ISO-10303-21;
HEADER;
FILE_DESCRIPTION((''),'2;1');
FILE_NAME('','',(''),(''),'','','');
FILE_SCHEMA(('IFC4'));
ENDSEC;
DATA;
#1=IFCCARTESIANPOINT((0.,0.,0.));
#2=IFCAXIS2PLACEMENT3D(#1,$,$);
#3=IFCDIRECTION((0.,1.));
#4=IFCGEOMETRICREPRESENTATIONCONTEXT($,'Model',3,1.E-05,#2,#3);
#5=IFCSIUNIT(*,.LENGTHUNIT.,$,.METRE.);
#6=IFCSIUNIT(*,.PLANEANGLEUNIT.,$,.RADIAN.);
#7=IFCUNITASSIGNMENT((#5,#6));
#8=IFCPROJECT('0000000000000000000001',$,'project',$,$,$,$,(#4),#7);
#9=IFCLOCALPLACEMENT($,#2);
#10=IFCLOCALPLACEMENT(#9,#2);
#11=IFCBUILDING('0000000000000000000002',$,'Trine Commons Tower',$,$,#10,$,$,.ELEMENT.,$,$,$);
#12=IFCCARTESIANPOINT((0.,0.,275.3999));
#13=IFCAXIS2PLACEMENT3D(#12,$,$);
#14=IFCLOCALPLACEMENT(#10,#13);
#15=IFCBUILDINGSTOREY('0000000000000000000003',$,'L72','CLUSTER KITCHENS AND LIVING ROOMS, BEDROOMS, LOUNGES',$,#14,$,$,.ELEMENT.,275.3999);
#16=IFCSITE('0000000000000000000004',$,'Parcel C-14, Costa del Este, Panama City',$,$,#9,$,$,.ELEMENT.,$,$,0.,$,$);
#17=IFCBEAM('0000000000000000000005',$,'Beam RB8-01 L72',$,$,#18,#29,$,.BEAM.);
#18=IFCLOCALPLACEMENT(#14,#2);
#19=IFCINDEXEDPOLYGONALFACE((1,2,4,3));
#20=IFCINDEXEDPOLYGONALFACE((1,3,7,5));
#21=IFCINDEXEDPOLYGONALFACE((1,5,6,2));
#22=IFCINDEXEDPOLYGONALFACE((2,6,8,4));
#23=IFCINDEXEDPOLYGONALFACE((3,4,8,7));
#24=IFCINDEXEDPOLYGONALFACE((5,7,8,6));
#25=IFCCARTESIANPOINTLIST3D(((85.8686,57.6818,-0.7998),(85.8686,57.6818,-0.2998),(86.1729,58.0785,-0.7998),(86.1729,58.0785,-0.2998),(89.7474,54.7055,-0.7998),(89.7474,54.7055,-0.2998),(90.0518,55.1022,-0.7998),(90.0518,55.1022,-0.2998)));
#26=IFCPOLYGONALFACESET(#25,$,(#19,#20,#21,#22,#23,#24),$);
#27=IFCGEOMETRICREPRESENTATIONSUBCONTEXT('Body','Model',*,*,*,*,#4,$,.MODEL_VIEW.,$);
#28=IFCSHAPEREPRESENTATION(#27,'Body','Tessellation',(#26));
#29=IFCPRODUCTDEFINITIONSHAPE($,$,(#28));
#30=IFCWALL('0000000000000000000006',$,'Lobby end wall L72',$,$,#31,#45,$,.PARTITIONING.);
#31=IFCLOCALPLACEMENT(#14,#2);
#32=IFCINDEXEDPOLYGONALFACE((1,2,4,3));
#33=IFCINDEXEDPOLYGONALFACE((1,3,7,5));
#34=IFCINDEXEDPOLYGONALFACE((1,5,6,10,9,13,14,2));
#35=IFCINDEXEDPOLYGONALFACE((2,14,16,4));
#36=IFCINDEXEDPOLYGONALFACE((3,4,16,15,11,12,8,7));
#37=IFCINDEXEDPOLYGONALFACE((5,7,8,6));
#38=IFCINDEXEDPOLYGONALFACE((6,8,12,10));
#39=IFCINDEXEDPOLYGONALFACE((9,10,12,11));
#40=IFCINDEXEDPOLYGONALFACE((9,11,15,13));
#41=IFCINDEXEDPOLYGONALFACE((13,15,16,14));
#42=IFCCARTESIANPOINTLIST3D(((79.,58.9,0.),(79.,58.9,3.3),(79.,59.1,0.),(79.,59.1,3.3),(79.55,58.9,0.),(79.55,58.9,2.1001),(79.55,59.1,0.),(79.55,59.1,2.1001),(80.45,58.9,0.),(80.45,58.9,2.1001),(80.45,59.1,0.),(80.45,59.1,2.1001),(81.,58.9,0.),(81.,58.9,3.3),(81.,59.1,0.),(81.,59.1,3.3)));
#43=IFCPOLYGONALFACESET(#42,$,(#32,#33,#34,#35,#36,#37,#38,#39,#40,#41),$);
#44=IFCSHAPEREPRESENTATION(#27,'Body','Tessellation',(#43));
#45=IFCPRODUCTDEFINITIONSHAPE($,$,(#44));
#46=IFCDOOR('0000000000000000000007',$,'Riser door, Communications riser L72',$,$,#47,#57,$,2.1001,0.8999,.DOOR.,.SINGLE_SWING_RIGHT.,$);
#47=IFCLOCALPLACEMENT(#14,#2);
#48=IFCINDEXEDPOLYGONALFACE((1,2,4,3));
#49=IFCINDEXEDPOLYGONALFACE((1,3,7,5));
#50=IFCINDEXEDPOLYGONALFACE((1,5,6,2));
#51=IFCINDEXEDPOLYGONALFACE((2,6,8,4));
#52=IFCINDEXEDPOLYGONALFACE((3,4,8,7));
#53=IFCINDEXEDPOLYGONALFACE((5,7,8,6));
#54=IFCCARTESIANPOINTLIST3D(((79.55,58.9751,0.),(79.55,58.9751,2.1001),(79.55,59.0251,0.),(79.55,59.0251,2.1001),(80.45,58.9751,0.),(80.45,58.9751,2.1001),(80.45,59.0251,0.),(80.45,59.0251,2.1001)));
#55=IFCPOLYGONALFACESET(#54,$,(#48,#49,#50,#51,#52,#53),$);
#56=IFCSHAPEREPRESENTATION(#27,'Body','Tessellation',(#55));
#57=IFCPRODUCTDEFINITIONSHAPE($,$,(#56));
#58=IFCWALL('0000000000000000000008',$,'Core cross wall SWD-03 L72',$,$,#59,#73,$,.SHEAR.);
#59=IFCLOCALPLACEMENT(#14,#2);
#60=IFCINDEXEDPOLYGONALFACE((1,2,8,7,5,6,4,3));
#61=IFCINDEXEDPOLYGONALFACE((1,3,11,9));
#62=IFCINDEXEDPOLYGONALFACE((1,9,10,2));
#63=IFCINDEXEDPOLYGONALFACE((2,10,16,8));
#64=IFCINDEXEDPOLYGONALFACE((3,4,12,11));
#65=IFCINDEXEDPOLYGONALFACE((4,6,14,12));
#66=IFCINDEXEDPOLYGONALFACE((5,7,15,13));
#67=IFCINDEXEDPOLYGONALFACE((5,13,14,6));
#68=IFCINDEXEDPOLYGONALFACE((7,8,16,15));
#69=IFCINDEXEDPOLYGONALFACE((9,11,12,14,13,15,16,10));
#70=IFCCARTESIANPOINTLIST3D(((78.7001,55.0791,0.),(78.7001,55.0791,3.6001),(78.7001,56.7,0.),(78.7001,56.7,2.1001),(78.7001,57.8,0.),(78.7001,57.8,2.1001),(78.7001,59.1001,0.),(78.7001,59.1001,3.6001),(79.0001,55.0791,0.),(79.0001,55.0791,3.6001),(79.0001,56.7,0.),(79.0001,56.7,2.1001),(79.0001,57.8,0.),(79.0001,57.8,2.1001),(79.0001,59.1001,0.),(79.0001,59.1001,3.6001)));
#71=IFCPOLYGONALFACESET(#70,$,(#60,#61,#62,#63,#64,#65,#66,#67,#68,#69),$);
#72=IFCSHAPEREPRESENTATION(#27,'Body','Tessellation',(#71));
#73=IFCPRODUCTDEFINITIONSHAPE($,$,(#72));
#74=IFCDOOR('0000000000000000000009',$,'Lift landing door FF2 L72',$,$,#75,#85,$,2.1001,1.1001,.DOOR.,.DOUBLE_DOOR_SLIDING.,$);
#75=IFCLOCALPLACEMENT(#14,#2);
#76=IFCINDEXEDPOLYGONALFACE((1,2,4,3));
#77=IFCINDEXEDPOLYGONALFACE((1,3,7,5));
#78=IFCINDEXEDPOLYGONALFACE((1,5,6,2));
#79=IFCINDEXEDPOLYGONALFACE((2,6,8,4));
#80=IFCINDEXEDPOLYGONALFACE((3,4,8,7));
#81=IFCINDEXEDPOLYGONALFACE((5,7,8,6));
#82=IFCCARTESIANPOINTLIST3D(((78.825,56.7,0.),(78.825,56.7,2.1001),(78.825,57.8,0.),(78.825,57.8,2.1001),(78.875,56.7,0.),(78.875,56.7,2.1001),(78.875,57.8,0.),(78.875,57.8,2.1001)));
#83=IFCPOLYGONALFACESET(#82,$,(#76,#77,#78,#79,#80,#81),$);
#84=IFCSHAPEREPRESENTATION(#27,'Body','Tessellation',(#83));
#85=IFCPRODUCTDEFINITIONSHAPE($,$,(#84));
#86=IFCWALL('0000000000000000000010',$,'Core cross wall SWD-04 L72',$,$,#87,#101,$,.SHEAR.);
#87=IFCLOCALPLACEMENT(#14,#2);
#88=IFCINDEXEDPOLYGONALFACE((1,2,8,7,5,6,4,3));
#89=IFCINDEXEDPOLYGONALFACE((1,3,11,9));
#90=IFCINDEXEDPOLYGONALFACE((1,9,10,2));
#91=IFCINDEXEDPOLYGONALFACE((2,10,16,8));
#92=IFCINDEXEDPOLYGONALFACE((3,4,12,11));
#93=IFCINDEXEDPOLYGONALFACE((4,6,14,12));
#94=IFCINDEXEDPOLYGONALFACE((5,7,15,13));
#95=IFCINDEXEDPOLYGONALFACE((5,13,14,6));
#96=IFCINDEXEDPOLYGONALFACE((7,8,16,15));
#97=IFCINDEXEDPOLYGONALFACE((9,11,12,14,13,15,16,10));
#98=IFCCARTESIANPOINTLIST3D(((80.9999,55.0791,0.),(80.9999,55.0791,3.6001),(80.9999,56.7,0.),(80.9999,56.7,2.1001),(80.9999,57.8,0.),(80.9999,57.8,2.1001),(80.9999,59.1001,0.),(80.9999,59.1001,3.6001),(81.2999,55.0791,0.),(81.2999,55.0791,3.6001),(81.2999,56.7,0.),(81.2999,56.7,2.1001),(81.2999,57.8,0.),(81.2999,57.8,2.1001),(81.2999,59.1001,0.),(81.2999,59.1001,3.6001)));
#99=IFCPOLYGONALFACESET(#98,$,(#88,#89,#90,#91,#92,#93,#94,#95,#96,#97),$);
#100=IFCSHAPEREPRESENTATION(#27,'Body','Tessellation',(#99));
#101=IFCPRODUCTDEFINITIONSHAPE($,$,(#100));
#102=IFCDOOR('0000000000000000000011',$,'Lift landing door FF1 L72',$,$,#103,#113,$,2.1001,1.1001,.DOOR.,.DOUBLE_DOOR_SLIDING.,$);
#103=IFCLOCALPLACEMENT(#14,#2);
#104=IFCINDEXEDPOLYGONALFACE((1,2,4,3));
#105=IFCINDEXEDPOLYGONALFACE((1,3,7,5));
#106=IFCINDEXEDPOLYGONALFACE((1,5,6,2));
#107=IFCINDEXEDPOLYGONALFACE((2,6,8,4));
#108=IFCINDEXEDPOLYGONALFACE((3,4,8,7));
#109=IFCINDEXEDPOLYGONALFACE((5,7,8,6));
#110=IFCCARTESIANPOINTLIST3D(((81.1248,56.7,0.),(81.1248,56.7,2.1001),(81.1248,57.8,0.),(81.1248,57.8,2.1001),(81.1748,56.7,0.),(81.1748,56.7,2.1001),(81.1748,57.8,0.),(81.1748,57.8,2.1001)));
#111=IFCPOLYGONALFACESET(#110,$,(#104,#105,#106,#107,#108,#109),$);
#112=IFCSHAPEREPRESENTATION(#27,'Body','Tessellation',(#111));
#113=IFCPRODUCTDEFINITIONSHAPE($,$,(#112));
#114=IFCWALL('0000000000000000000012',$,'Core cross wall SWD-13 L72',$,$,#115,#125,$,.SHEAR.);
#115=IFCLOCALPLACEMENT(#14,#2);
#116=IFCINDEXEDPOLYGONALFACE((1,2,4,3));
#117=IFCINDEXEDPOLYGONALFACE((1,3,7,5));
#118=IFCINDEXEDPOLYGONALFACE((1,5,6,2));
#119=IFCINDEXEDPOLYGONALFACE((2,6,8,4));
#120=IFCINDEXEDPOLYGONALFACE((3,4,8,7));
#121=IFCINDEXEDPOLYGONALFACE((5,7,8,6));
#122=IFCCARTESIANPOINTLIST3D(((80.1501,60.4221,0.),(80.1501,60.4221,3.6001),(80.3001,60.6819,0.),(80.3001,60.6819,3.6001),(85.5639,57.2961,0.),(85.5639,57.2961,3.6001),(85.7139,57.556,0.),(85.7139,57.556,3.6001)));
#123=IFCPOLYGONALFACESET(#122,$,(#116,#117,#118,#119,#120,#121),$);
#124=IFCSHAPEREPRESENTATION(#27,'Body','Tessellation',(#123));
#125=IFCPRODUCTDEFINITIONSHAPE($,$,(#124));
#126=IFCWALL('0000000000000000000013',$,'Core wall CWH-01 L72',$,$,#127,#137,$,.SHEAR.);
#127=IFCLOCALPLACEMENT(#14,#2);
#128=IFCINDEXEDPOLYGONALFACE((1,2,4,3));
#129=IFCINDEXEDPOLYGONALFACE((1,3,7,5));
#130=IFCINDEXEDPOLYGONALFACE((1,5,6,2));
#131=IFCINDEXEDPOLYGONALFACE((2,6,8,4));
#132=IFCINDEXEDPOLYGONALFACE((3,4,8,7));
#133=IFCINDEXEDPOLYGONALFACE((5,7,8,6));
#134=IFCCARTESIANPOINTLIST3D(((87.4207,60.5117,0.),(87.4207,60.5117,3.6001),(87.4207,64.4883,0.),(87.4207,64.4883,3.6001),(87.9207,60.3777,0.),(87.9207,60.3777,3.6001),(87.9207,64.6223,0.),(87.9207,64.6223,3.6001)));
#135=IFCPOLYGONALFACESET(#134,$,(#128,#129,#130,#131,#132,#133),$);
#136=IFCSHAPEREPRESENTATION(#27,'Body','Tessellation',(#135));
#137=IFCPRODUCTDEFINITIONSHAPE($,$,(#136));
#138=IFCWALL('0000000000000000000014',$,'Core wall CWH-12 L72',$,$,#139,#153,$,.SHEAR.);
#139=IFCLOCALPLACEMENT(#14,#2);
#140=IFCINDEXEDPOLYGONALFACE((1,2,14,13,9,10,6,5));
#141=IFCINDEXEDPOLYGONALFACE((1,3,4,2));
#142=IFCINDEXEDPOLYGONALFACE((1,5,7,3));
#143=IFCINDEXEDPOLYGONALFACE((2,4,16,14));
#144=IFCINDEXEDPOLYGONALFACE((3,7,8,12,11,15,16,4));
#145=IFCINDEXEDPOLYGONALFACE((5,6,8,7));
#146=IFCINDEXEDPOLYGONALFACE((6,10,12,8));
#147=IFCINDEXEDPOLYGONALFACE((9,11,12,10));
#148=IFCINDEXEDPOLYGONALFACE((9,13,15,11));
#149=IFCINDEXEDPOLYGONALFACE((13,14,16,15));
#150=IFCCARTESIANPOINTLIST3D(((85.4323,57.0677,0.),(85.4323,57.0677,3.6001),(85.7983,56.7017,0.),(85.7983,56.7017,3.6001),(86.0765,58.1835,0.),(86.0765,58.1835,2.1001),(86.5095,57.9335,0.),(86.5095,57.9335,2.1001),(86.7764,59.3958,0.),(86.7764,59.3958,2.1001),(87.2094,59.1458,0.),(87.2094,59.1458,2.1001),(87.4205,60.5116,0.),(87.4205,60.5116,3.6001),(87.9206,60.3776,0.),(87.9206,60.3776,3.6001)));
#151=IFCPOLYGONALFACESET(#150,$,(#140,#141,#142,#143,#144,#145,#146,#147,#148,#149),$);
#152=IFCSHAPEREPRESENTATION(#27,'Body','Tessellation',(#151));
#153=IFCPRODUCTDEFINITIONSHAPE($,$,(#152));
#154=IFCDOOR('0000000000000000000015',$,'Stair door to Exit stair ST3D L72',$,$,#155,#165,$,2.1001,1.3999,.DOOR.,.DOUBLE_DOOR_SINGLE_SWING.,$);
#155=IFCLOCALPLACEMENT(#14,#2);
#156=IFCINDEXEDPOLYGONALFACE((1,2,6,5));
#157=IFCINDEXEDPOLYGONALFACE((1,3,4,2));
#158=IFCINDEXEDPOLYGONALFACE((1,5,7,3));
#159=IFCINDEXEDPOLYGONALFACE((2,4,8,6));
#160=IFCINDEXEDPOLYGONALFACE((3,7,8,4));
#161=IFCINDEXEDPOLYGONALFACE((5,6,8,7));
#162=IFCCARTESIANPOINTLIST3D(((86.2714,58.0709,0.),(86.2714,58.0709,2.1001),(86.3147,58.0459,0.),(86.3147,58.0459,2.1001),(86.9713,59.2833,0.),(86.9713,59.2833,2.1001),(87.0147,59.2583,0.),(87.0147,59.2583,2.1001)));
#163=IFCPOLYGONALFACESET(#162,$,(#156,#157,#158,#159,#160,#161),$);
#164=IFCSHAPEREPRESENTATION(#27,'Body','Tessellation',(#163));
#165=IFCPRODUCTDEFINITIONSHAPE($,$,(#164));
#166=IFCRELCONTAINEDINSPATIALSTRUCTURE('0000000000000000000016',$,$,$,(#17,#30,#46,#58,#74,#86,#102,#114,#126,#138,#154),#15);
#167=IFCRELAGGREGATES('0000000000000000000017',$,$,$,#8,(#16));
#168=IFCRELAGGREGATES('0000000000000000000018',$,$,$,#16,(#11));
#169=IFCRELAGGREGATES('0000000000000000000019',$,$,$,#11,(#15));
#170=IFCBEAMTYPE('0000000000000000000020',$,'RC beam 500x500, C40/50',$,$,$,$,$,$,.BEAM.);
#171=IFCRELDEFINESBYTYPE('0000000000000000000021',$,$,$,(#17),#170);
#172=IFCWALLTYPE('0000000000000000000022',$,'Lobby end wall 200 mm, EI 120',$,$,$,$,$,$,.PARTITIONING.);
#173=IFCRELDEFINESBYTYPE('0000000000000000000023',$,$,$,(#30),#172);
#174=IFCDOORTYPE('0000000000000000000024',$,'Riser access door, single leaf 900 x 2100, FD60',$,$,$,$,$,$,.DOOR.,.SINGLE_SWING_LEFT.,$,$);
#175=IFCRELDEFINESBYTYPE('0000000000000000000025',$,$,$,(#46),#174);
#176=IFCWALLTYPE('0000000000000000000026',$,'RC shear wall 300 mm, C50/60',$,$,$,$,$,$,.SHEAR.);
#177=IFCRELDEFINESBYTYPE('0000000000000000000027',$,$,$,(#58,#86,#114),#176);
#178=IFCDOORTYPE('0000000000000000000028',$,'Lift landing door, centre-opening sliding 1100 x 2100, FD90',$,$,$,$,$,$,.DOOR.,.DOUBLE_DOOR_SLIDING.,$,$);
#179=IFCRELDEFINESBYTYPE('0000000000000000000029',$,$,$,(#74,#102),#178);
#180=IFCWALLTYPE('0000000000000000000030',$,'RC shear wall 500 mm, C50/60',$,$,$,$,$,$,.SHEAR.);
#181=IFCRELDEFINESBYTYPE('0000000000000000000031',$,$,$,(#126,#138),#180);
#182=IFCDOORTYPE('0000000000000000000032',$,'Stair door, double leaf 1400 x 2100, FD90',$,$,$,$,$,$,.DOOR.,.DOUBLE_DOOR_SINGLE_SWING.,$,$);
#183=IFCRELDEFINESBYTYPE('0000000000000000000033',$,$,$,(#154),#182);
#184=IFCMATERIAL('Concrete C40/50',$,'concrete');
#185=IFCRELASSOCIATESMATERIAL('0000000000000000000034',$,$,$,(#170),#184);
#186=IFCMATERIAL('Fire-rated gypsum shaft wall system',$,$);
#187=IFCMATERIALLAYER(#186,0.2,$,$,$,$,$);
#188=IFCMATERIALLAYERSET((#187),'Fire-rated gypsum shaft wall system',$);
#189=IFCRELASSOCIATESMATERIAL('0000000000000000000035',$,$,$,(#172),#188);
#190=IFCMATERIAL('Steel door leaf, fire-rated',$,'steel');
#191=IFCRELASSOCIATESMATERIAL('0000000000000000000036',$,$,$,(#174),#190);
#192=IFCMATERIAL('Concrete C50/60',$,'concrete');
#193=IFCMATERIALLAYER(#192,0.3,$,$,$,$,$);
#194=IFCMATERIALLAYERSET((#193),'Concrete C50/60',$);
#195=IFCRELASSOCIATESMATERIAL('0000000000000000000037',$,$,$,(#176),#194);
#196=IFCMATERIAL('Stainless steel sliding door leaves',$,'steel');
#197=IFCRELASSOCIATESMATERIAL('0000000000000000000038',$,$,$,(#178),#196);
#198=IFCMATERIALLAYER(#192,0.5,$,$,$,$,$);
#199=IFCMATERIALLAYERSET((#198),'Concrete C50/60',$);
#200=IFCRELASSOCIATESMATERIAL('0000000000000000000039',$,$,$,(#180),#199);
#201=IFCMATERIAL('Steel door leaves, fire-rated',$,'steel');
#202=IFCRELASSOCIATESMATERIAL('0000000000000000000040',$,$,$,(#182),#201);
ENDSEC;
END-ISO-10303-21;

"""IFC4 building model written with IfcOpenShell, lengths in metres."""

from ifc_helpers import new_model, si_unit, direction, frame, frame_2d, origin, origin_2d, place, context, subcontext, project, spatial, polyline, rectangle, outline, extrude, material, layer, layer_set, material_profile, profile_set, type_object, element, fill, save


model = new_model("IFC4")

# Units and contexts
model_context = context("Model", 3, precision=1e-05, world=origin(), true_north=direction((0.0, 1.0)))
body_context = subcontext(model_context, "Body", "Model", "MODEL_VIEW")
ifc_project = project(units=[si_unit("LENGTHUNIT", "METRE"), si_unit("PLANEANGLEUNIT", "RADIAN")], contexts=[model_context])

# Site, building, storey
site_placement = place(None, origin())
site = spatial("IfcSite", under=ifc_project, at=site_placement, Name="Parcel C-14, Costa del Este, Panama City", CompositionType="ELEMENT", RefElevation=0.0)
building_placement = place(site_placement, origin())
building = spatial("IfcBuilding", under=site, at=building_placement, Name="Trine Commons Tower", CompositionType="ELEMENT")
storey_placement = place(building_placement, frame((0.0, 0.0, 275.3999)))
storey = spatial("IfcBuildingStorey", under=building, at=storey_placement, Name="L72", Description="CLUSTER KITCHENS AND LIVING ROOMS, BEDROOMS, LOUNGES", CompositionType="ELEMENT", Elevation=275.3999)

# Beam
ifc_material_1 = material(Name="Concrete C40/50", Category="concrete")
ifc_material_profile = material_profile(ifc_material_1, rectangle(XDim=0.5, YDim=0.5, at=origin_2d()), Name="RC 500x500")
ifc_profile_set = profile_set([ifc_material_profile], Name="Concrete C40/50")
beam_type = type_object("IfcBeamType", Name="RC beam 500x500, C40/50", PredefinedType="BEAM", material=ifc_profile_set)
beam_placement = place(storey_placement, frame((86.0208, 57.8801, -0.5498), z_axis=(0.79336, -0.608752, 0.0), x_axis=(0.608752, 0.79336, 0.0)))
element("IfcBeam", 1, at=beam_placement, inside=storey, type_object=beam_type, Name="Beam RB8-01 L72", PredefinedType="BEAM", context=body_context, shape_type="SweptSolid", body=[
    extrude(rectangle(XDim=0.5, YDim=0.5, at=origin_2d()), origin(), (0.0, 0.0, 1.0), 4.8892),
])

# Walls, openings, doors
ifc_material_2 = material(Name="Fire-rated gypsum shaft wall system")
ifc_layer_1 = layer(ifc_material_2, 0.2)
ifc_layer_set_1 = layer_set([ifc_layer_1], Name="Fire-rated gypsum shaft wall system")
wall_type_1 = type_object("IfcWallType", Name="Lobby end wall 200 mm, EI 120", PredefinedType="PARTITIONING", material=ifc_layer_set_1)
wall_1_placement = place(storey_placement, frame((79.0, 59.0, 0.0), z_axis=(0.0, 0.0, 1.0), x_axis=(1.0, 0.0, 0.0)))
wall_1 = element("IfcWall", 2, at=wall_1_placement, inside=storey, type_object=wall_type_1, Name="Lobby end wall L72", PredefinedType="PARTITIONING", context=body_context, shape_type="SweptSolid", body=[
    extrude(rectangle(XDim=2.0, YDim=0.2, at=frame_2d((1.0, 0.0))), origin(), (0.0, 0.0, 1.0), 3.3),
])
opening_1_placement = place(wall_1_placement, frame((0.55, 0.0, 0.0)))
opening_1 = element("IfcOpeningElement", 3, at=opening_1_placement, cuts=wall_1, PredefinedType="OPENING", context=body_context, shape_type="SweptSolid", body=[
    extrude(rectangle(XDim=0.8999, YDim=2.1001, at=frame_2d((0.45, 1.05))), frame((0.0, 0.1099, 0.0), z_axis=(0.0, -1.0, 0.0), x_axis=(1.0, 0.0, 0.0)), (0.0, 0.0, 1.0), 0.22),
])
ifc_material_3 = material(Name="Steel door leaf, fire-rated", Category="steel")
door_type_1 = type_object("IfcDoorType", Name="Riser access door, single leaf 900 x 2100, FD60", OperationType="SINGLE_SWING_LEFT", PredefinedType="DOOR", material=ifc_material_3)
door_1_placement = place(opening_1_placement, frame((0.8999, 0.0, 0.0), z_axis=(0.0, 0.0, 1.0), x_axis=(-1.0, 0.0, 0.0)))
door_1 = element("IfcDoor", 4, at=door_1_placement, inside=storey, type_object=door_type_1, Name="Riser door, Communications riser L72", OperationType="SINGLE_SWING_RIGHT", OverallHeight=2.1001, OverallWidth=0.8999, PredefinedType="DOOR", context=body_context, shape_type="SweptSolid", body=[
    extrude(rectangle(XDim=0.8999, YDim=2.1001, at=frame_2d((0.45, 1.05))), frame((0.0, 0.0249, 0.0), z_axis=(0.0, -1.0, 0.0), x_axis=(1.0, 0.0, 0.0)), (0.0, 0.0, 1.0), 0.05),
])
fill(opening_1, door_1)
ifc_material_4 = material(Name="Concrete C50/60", Category="concrete")
ifc_layer_2 = layer(ifc_material_4, 0.3)
ifc_layer_set_2 = layer_set([ifc_layer_2], Name="Concrete C50/60")
wall_type_2 = type_object("IfcWallType", Name="RC shear wall 300 mm, C50/60", PredefinedType="SHEAR", material=ifc_layer_set_2)
wall_2_placement = place(storey_placement, frame((78.8501, 59.1001, 0.0), z_axis=(0.0, 0.0, 1.0), x_axis=(0.0, -1.0, 0.0)))
wall_2 = element("IfcWall", 5, at=wall_2_placement, inside=storey, type_object=wall_type_2, Name="Core cross wall SWD-03 L72", PredefinedType="SHEAR", context=body_context, shape_type="SweptSolid", body=[
    extrude(rectangle(XDim=4.021, YDim=0.3, at=frame_2d((2.0105, 0.0))), origin(), (0.0, 0.0, 1.0), 3.6001),
])
opening_2_placement = place(wall_2_placement, frame((1.3, 0.0, 0.0)))
opening_2 = element("IfcOpeningElement", 6, at=opening_2_placement, cuts=wall_2, PredefinedType="OPENING", context=body_context, shape_type="SweptSolid", body=[
    extrude(rectangle(XDim=1.1001, YDim=2.1001, at=frame_2d((0.55, 1.05))), frame((0.0, 0.1599, 0.0), z_axis=(0.0, -1.0, 0.0), x_axis=(1.0, 0.0, 0.0)), (0.0, 0.0, 1.0), 0.3201),
])
ifc_material_5 = material(Name="Stainless steel sliding door leaves", Category="steel")
door_type_2 = type_object("IfcDoorType", Name="Lift landing door, centre-opening sliding 1100 x 2100, FD90", OperationType="DOUBLE_DOOR_SLIDING", PredefinedType="DOOR", material=ifc_material_5)
door_2_placement = place(opening_2_placement, origin())
door_2 = element("IfcDoor", 7, at=door_2_placement, inside=storey, type_object=door_type_2, Name="Lift landing door FF2 L72", OperationType="DOUBLE_DOOR_SLIDING", OverallHeight=2.1001, OverallWidth=1.1001, PredefinedType="DOOR", context=body_context, shape_type="SweptSolid", body=[
    extrude(rectangle(XDim=1.1001, YDim=2.1001, at=frame_2d((0.55, 1.05))), frame((0.0, 0.0249, 0.0), z_axis=(0.0, -1.0, 0.0), x_axis=(1.0, 0.0, 0.0)), (0.0, 0.0, 1.0), 0.05),
])
fill(opening_2, door_2)
wall_3_placement = place(storey_placement, frame((81.1499, 59.1001, 0.0), z_axis=(0.0, 0.0, 1.0), x_axis=(0.0, -1.0, 0.0)))
wall_3 = element("IfcWall", 8, at=wall_3_placement, inside=storey, type_object=wall_type_2, Name="Core cross wall SWD-04 L72", PredefinedType="SHEAR", context=body_context, shape_type="SweptSolid", body=[
    extrude(rectangle(XDim=4.021, YDim=0.3, at=frame_2d((2.0105, 0.0))), origin(), (0.0, 0.0, 1.0), 3.6001),
])
opening_3_placement = place(wall_3_placement, frame((1.3, 0.0, 0.0)))
opening_3 = element("IfcOpeningElement", 9, at=opening_3_placement, cuts=wall_3, PredefinedType="OPENING", context=body_context, shape_type="SweptSolid", body=[
    extrude(rectangle(XDim=1.1001, YDim=2.1001, at=frame_2d((0.55, 1.05))), frame((0.0, 0.1599, 0.0), z_axis=(0.0, -1.0, 0.0), x_axis=(1.0, 0.0, 0.0)), (0.0, 0.0, 1.0), 0.3201),
])
door_3_placement = place(opening_3_placement, origin())
door_3 = element("IfcDoor", 10, at=door_3_placement, inside=storey, type_object=door_type_2, Name="Lift landing door FF1 L72", OperationType="DOUBLE_DOOR_SLIDING", OverallHeight=2.1001, OverallWidth=1.1001, PredefinedType="DOOR", context=body_context, shape_type="SweptSolid", body=[
    extrude(rectangle(XDim=1.1001, YDim=2.1001, at=frame_2d((0.55, 1.05))), frame((0.0, 0.0249, 0.0), z_axis=(0.0, -1.0, 0.0), x_axis=(1.0, 0.0, 0.0)), (0.0, 0.0, 1.0), 0.05),
])
fill(opening_3, door_3)

# Walls
wall_4_placement = place(storey_placement, frame((80.2251, 60.552, 0.0), z_axis=(0.0, 0.0, 1.0), x_axis=(0.866004, -0.500037, 0.0)))
element("IfcWall", 11, at=wall_4_placement, inside=storey, type_object=wall_type_2, Name="Core cross wall SWD-13 L72", PredefinedType="SHEAR", context=body_context, shape_type="SweptSolid", body=[
    extrude(rectangle(XDim=6.2515, YDim=0.3, at=frame_2d((3.1257, 0.0))), origin(), (0.0, 0.0, 1.0), 3.6001),
])
ifc_layer_3 = layer(ifc_material_4, 0.5)
ifc_layer_set_3 = layer_set([ifc_layer_3], Name="Concrete C50/60")
wall_type_3 = type_object("IfcWallType", Name="RC shear wall 500 mm, C50/60", PredefinedType="SHEAR", material=ifc_layer_set_3)
wall_5_placement = place(storey_placement, frame((87.6707, 60.3777, 0.0), z_axis=(0.0, 0.0, 1.0), x_axis=(0.0, 1.0, 0.0)))
element("IfcWall", 12, at=wall_5_placement, inside=storey, type_object=wall_type_3, Name="Core wall CWH-01 L72", PredefinedType="SHEAR", context=body_context, shape_type="SweptSolid", body=[
    extrude(outline(polyline([(0.0, -0.25), (4.2446, -0.25), (4.1106, 0.25), (0.134, 0.25), (0.0, -0.25)])), origin(), (0.0, 0.0, 1.0), 3.6001),
])

# Wall, opening, door
wall_6_placement = place(storey_placement, frame((85.5818, 56.8267, 0.0), z_axis=(0.0, 0.0, 1.0), x_axis=(0.499993, 0.866029, 0.0)))
wall_6 = element("IfcWall", 13, at=wall_6_placement, inside=storey, type_object=wall_type_3, Name="Core wall CWH-12 L72", PredefinedType="SHEAR", context=body_context, shape_type="SweptSolid", body=[
    extrude(outline(polyline([(0.0, -0.25), (4.2446, -0.25), (4.1106, 0.25), (0.134, 0.25), (0.0, -0.25)])), origin(), (0.0, 0.0, 1.0), 3.6001),
])
opening_4_placement = place(wall_6_placement, frame((1.4224, 0.0, 0.0)))
opening_4 = element("IfcOpeningElement", 14, at=opening_4_placement, cuts=wall_6, PredefinedType="OPENING", context=body_context, shape_type="SweptSolid", body=[
    extrude(rectangle(XDim=1.3999, YDim=2.1001, at=frame_2d((0.7, 1.05))), frame((0.0, 0.26, 0.0), z_axis=(0.0, -1.0, 0.0), x_axis=(1.0, 0.0, 0.0)), (0.0, 0.0, 1.0), 0.52),
])
ifc_material_6 = material(Name="Steel door leaves, fire-rated", Category="steel")
door_type_3 = type_object("IfcDoorType", Name="Stair door, double leaf 1400 x 2100, FD90", OperationType="DOUBLE_DOOR_SINGLE_SWING", PredefinedType="DOOR", material=ifc_material_6)
door_4_placement = place(opening_4_placement, origin())
door_4 = element("IfcDoor", 15, at=door_4_placement, inside=storey, type_object=door_type_3, Name="Stair door to Exit stair ST3D L72", OperationType="DOUBLE_DOOR_SINGLE_SWING", OverallHeight=2.1001, OverallWidth=1.3999, PredefinedType="DOOR", context=body_context, shape_type="SweptSolid", body=[
    extrude(rectangle(XDim=1.3999, YDim=2.1001, at=frame_2d((0.7, 1.05))), frame((0.0, 0.0249, 0.0), z_axis=(0.0, -1.0, 0.0), x_axis=(1.0, 0.0, 0.0)), (0.0, 0.0, 1.0), 0.05),
])
fill(opening_4, door_4)

save(model, "model.ifc")
